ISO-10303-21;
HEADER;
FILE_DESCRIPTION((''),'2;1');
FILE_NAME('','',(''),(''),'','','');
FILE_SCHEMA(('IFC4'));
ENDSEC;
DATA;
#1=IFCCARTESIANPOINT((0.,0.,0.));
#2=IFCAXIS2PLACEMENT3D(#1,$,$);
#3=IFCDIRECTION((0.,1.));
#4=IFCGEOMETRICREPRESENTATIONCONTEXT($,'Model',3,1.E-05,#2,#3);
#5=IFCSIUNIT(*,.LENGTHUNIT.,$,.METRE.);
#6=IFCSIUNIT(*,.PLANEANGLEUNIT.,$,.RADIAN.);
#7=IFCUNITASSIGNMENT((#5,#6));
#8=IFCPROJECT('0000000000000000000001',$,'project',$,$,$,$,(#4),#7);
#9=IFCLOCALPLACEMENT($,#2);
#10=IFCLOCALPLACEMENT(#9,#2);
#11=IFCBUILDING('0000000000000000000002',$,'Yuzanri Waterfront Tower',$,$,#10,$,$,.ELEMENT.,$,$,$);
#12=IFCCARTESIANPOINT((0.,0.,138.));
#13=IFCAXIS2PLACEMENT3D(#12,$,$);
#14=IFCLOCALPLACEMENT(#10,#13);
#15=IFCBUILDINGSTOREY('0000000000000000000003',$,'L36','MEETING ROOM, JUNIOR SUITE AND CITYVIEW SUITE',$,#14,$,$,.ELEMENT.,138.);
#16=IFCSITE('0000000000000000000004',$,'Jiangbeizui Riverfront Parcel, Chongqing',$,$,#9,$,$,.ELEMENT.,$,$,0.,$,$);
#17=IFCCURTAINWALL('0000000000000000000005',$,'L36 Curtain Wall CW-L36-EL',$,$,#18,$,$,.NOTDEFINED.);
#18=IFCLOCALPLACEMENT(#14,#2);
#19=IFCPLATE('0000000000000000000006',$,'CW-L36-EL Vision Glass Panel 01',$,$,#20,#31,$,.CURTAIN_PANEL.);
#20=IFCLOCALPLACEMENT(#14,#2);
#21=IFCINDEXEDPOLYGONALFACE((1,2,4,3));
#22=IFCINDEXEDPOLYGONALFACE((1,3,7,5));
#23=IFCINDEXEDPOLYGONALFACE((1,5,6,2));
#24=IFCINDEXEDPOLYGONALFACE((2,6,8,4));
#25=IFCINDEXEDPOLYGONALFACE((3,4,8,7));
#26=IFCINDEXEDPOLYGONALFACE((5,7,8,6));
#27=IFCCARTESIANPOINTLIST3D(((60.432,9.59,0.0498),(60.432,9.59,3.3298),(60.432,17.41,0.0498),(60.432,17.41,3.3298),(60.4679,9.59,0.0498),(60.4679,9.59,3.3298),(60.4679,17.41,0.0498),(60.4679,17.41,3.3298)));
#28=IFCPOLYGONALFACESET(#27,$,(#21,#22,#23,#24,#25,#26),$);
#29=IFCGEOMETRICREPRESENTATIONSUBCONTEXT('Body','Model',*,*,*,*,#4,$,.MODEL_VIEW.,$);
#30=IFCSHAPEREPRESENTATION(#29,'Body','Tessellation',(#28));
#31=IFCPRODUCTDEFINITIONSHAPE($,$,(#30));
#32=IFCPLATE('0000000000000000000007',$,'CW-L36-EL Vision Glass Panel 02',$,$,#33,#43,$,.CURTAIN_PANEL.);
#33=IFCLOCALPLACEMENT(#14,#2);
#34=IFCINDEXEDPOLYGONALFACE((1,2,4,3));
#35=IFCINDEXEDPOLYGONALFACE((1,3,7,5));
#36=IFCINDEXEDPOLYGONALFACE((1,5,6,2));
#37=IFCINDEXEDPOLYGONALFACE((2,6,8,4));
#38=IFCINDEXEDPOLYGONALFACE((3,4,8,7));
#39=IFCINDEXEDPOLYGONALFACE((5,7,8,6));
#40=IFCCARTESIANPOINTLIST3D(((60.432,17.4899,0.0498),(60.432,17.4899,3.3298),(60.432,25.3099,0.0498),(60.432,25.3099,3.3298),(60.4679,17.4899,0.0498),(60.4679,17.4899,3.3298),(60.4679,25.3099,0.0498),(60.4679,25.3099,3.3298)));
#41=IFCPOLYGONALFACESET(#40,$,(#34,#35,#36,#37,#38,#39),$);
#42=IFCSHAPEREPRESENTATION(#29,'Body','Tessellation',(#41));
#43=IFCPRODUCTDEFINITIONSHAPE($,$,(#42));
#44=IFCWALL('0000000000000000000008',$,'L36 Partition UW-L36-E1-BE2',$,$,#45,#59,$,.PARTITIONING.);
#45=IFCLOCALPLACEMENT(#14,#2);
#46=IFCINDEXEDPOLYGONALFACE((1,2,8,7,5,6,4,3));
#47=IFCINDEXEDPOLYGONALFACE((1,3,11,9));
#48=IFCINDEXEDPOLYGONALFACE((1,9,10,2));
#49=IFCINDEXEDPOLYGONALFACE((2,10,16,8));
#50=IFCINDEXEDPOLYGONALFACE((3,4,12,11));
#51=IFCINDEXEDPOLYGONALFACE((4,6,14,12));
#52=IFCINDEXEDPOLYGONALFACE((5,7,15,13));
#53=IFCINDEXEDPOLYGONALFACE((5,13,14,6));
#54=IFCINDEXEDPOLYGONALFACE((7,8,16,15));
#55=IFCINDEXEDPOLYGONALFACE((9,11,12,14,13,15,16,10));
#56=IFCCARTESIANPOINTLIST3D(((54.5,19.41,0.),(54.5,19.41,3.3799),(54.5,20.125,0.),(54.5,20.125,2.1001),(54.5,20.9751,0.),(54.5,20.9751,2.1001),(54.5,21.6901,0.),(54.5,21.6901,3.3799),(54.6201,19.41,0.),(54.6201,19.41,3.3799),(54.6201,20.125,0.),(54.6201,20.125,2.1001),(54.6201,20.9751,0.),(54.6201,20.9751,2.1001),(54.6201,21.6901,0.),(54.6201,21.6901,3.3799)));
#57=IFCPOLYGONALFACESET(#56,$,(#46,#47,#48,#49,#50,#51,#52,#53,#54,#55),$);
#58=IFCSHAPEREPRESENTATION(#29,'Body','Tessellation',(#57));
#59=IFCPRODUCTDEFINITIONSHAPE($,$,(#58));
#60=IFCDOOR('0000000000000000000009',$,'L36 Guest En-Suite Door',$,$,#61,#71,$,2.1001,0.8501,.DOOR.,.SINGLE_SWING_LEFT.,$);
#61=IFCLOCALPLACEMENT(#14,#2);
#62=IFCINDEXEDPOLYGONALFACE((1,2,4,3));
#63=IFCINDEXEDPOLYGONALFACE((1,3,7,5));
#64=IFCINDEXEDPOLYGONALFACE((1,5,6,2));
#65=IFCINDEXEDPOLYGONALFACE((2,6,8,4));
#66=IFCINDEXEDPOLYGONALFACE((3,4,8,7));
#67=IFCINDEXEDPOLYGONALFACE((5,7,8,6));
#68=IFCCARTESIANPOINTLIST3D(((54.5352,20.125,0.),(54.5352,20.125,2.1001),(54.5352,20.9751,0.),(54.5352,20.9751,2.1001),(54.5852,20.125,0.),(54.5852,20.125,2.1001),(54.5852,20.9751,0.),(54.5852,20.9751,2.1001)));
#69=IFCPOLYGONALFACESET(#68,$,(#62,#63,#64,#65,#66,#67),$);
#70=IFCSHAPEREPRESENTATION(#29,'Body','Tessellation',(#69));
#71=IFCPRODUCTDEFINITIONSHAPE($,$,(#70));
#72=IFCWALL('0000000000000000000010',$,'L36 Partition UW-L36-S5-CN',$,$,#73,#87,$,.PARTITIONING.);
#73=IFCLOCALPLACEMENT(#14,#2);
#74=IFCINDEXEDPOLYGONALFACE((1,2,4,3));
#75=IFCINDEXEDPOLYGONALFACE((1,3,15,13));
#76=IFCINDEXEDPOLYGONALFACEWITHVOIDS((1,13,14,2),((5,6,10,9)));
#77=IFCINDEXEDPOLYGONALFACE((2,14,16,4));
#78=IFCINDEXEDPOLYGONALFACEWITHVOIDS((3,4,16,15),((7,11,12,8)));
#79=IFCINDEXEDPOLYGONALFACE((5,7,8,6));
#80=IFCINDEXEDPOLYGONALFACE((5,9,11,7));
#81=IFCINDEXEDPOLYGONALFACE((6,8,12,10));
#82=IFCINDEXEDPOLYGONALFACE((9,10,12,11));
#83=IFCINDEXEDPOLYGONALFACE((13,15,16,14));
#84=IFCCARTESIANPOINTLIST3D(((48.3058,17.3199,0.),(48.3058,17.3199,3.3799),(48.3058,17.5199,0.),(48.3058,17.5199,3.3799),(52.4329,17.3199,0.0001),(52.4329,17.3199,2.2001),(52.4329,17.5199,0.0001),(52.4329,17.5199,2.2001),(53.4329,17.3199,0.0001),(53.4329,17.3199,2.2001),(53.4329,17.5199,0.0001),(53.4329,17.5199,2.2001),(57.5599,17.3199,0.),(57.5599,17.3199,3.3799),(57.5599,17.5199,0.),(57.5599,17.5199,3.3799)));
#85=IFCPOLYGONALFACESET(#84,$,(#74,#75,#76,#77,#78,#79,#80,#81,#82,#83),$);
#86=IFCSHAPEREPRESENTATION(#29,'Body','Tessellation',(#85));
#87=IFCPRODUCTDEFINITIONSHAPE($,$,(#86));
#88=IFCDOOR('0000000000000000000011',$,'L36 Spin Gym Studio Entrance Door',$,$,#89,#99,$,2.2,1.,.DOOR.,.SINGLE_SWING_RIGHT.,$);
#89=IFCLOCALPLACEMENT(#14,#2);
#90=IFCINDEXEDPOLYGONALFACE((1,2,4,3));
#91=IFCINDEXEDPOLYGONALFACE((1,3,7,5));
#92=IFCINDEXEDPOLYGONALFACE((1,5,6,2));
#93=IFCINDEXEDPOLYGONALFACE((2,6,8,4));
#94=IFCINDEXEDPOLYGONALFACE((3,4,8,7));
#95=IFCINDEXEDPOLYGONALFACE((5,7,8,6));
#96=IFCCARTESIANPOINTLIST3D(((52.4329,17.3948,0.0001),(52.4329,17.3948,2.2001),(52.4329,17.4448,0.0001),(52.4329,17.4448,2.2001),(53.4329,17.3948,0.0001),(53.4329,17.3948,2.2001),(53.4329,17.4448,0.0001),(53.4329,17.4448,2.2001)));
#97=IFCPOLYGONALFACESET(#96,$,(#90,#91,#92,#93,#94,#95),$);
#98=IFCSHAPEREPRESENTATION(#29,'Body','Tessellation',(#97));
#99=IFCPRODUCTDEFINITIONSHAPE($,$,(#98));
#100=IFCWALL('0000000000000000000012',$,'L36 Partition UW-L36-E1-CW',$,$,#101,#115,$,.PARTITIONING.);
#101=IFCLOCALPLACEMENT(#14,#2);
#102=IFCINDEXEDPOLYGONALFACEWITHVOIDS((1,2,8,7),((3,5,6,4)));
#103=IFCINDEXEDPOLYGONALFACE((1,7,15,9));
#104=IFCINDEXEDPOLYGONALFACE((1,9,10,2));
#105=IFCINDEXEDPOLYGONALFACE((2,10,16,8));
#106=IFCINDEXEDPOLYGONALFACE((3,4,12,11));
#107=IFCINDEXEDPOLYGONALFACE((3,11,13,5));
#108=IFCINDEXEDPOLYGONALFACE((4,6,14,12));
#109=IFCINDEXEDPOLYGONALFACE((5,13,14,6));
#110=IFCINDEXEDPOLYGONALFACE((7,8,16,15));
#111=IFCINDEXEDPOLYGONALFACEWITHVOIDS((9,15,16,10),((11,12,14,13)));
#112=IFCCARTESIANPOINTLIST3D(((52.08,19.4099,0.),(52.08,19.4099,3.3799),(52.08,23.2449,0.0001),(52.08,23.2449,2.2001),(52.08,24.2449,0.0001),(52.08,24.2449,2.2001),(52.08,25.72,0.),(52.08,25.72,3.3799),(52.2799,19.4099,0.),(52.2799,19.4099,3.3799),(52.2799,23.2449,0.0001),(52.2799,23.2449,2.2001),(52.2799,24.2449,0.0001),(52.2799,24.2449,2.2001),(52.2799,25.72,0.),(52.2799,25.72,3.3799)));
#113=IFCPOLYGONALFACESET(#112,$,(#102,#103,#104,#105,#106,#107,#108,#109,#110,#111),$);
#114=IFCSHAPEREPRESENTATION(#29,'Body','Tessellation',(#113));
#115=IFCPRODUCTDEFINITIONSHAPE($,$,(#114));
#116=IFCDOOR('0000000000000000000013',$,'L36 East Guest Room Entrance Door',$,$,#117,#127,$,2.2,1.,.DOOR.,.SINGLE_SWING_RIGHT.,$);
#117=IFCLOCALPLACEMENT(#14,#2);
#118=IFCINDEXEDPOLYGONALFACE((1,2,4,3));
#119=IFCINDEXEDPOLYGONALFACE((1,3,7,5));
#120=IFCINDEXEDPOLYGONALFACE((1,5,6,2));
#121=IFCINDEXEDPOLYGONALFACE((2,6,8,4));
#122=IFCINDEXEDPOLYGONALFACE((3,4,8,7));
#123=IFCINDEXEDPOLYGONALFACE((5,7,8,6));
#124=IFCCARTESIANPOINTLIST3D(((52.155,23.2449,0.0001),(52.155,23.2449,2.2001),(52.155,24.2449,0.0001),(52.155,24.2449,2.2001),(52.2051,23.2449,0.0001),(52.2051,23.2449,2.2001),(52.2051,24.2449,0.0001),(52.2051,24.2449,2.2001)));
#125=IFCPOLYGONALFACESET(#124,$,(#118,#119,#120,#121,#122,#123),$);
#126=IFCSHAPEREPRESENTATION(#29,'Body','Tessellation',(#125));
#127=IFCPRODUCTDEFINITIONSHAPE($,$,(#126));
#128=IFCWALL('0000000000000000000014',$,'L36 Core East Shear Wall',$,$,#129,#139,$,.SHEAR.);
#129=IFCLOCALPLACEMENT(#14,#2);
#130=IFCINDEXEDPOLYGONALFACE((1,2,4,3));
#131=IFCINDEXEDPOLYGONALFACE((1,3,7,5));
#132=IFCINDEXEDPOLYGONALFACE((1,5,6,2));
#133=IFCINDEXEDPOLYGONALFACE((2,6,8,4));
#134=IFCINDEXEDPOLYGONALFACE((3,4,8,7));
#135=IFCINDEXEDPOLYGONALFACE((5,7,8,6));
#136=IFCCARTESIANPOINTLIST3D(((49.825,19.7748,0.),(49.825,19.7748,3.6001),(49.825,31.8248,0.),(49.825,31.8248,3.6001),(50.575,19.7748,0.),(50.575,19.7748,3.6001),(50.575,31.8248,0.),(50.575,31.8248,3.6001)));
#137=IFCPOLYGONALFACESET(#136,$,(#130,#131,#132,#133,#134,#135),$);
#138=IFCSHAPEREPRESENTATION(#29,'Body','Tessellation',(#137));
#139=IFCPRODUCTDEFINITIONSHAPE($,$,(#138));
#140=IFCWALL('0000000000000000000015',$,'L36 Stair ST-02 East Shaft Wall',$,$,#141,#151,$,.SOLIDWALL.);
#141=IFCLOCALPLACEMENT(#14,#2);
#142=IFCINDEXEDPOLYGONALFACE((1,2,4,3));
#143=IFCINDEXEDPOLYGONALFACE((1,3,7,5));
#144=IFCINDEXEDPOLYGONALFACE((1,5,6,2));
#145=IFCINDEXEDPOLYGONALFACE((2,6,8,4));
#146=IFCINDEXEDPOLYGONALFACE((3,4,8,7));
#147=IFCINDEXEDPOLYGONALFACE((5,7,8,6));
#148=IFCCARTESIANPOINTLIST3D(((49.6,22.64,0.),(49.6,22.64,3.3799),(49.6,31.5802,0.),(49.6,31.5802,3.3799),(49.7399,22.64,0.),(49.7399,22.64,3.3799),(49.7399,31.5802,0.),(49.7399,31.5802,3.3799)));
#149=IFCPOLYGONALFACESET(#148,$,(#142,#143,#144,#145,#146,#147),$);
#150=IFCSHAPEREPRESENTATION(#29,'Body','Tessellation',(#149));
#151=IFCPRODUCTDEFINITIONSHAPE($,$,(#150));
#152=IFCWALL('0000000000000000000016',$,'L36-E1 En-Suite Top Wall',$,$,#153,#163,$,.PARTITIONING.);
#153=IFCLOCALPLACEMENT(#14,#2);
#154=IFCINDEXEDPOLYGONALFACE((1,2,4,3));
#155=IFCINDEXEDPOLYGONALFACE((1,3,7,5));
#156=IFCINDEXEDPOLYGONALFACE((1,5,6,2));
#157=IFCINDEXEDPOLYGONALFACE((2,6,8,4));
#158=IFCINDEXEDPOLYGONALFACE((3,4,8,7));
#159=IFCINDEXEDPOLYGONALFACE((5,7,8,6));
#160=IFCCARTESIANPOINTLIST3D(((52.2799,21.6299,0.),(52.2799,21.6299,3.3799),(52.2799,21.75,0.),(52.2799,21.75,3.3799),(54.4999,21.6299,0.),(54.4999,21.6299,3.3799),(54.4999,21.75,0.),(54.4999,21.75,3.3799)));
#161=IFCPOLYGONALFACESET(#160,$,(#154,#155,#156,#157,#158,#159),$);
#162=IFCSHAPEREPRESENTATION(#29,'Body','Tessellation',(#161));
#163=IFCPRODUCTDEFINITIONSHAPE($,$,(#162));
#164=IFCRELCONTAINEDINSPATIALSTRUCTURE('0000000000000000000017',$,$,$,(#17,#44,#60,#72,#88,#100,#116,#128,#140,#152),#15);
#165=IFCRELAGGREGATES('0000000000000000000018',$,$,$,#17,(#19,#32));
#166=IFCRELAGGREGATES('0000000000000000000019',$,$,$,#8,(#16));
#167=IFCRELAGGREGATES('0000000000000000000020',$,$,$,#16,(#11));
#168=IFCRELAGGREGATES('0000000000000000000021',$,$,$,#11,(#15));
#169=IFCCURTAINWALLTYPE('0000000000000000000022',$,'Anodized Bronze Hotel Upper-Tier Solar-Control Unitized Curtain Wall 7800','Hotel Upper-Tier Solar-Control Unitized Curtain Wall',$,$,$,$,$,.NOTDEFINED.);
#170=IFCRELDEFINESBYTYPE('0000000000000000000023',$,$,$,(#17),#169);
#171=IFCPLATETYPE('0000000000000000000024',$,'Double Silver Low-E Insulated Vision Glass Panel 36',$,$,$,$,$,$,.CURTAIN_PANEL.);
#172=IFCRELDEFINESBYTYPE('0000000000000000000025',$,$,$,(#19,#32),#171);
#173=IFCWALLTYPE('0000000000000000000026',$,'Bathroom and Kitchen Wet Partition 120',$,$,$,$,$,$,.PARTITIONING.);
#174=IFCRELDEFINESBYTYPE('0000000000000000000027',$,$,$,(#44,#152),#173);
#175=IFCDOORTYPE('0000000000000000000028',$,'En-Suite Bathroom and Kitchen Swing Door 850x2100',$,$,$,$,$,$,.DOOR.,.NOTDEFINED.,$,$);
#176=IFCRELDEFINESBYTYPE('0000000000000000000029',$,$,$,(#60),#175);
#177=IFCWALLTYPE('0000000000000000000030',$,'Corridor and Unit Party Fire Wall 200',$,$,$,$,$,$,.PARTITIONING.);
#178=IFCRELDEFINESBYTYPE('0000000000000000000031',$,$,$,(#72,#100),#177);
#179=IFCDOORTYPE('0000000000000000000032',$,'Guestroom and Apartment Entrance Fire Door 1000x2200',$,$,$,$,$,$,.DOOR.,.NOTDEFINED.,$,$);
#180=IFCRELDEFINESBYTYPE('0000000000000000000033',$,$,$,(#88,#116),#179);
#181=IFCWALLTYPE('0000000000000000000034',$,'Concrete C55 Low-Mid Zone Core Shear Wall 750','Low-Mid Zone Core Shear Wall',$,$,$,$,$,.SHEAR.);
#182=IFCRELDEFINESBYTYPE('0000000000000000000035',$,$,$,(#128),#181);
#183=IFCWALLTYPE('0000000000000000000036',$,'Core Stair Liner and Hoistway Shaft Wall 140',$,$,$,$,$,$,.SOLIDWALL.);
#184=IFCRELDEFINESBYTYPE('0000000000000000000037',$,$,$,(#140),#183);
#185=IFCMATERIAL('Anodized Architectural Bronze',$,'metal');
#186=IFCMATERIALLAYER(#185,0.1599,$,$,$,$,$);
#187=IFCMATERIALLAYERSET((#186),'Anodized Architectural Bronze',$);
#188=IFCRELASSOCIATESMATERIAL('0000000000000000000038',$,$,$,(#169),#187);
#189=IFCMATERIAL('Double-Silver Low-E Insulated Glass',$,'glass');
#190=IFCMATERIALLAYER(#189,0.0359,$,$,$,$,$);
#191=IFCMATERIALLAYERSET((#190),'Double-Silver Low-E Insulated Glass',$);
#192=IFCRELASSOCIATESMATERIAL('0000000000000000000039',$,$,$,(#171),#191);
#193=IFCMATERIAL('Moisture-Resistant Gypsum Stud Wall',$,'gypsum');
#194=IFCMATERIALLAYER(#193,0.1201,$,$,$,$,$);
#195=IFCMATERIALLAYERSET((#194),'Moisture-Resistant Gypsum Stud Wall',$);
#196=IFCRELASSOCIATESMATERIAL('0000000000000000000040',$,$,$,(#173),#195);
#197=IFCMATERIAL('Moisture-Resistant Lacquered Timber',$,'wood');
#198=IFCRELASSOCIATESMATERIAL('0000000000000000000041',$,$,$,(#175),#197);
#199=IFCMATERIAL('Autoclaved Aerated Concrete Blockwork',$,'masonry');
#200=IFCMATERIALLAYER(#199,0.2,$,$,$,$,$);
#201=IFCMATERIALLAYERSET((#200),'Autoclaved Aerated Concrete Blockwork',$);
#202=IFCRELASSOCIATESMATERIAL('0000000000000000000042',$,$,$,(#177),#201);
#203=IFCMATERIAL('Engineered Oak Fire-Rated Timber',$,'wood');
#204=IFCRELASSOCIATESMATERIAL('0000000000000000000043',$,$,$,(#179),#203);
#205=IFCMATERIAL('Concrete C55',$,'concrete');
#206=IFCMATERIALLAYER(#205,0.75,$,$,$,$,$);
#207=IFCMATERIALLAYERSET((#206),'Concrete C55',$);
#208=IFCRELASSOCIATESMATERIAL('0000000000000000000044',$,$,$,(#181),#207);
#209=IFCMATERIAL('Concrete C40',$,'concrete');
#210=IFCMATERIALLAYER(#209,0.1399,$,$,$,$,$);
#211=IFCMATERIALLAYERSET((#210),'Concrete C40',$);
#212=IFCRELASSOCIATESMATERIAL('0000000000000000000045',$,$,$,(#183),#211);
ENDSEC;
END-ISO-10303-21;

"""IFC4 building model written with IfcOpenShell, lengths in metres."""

from ifc_helpers import new_model, si_unit, direction, frame, frame_2d, origin, origin_2d, place, context, subcontext, project, spatial, rectangle, extrude, source, transform, mapped, material, layer, layer_set, type_object, element, fill, aggregate, save


model = new_model("IFC4")

# Units and contexts
model_context = context("Model", 3, precision=1e-05, world=origin(), true_north=direction((0.0, 1.0)))
body_context = subcontext(model_context, "Body", "Model", "MODEL_VIEW")
ifc_project = project(units=[si_unit("LENGTHUNIT", "METRE"), si_unit("PLANEANGLEUNIT", "RADIAN")], contexts=[model_context])

# Site, building, storey
site_placement = place(None, origin())
site = spatial("IfcSite", under=ifc_project, at=site_placement, Name="Jiangbeizui Riverfront Parcel, Chongqing", CompositionType="ELEMENT", RefElevation=0.0)
building_placement = place(site_placement, origin())
building = spatial("IfcBuilding", under=site, at=building_placement, Name="Yuzanri Waterfront Tower", CompositionType="ELEMENT")
storey_placement = place(building_placement, frame((0.0, 0.0, 138.0)))
storey = spatial("IfcBuildingStorey", under=building, at=storey_placement, Name="L36", Description="MEETING ROOM, JUNIOR SUITE AND CITYVIEW SUITE", CompositionType="ELEMENT", Elevation=138.0)

# Curtain wall, plates
ifc_material_1 = material(Name="Anodized Architectural Bronze", Category="metal")
ifc_layer_1 = layer(ifc_material_1, 0.1599)
ifc_layer_set_1 = layer_set([ifc_layer_1], Name="Anodized Architectural Bronze")
curtain_wall_type = type_object("IfcCurtainWallType", Name="Anodized Bronze Hotel Upper-Tier Solar-Control Unitized Curtain Wall 7800", Description="Hotel Upper-Tier Solar-Control Unitized Curtain Wall", PredefinedType="NOTDEFINED", material=ifc_layer_set_1)
curtain_wall_placement = place(storey_placement, origin())
curtain_wall = element("IfcCurtainWall", 1, at=curtain_wall_placement, inside=storey, type_object=curtain_wall_type, Name="L36 Curtain Wall CW-L36-EL", PredefinedType="NOTDEFINED")
ifc_material_2 = material(Name="Double-Silver Low-E Insulated Glass", Category="glass")
ifc_layer_2 = layer(ifc_material_2, 0.0359)
ifc_layer_set_2 = layer_set([ifc_layer_2], Name="Double-Silver Low-E Insulated Glass")
plate_type = type_object("IfcPlateType", Name="Double Silver Low-E Insulated Vision Glass Panel 36", PredefinedType="CURTAIN_PANEL", material=ifc_layer_set_2)
shared_shape_1 = source(origin(), body_context, "Body", "SweptSolid", [
    extrude(rectangle(XDim=7.8201, YDim=0.0359, at=origin_2d()), origin(), (0.0, 0.0, 1.0), 3.28),
])
plate_1_placement = place(storey_placement, frame((60.45, 13.5, 0.0498), z_axis=(0.0, 0.0, 1.0), x_axis=(0.0, 1.0, 0.0)))
plate_1 = element("IfcPlate", 2, at=plate_1_placement, type_object=plate_type, Name="CW-L36-EL Vision Glass Panel 01", PredefinedType="CURTAIN_PANEL", context=body_context, shape_type="MappedRepresentation", body=[
    mapped(shared_shape_1, transform((0.0, 0.0, 0.0), scale=1.0)),
])
plate_2_placement = place(storey_placement, frame((60.45, 21.3999, 0.0498), z_axis=(0.0, 0.0, 1.0), x_axis=(0.0, 1.0, 0.0)))
plate_2 = element("IfcPlate", 3, at=plate_2_placement, type_object=plate_type, Name="CW-L36-EL Vision Glass Panel 02", PredefinedType="CURTAIN_PANEL", context=body_context, shape_type="MappedRepresentation", body=[
    mapped(shared_shape_1, transform((0.0, 0.0, 0.0), scale=1.0)),
])
aggregate(curtain_wall, [plate_1, plate_2])

# Walls, openings, doors
ifc_material_3 = material(Name="Moisture-Resistant Gypsum Stud Wall", Category="gypsum")
ifc_layer_3 = layer(ifc_material_3, 0.1201)
ifc_layer_set_3 = layer_set([ifc_layer_3], Name="Moisture-Resistant Gypsum Stud Wall")
wall_type_1 = type_object("IfcWallType", Name="Bathroom and Kitchen Wet Partition 120", PredefinedType="PARTITIONING", material=ifc_layer_set_3)
wall_1_placement = place(storey_placement, frame((54.5601, 19.4099, 0.0), z_axis=(0.0, 0.0, 1.0), x_axis=(0.0, 1.0, 0.0)))
wall_1 = element("IfcWall", 4, at=wall_1_placement, inside=storey, type_object=wall_type_1, Name="L36 Partition UW-L36-E1-BE2", PredefinedType="PARTITIONING", context=body_context, shape_type="SweptSolid", body=[
    extrude(rectangle(XDim=2.28, YDim=0.1201, at=frame_2d((1.1401, 0.0))), origin(), (0.0, 0.0, 1.0), 3.3799),
])
opening_1_placement = place(wall_1_placement, frame((0.7151, 0.0, 0.0)))
opening_1 = element("IfcOpeningElement", 5, at=opening_1_placement, cuts=wall_1, PredefinedType="OPENING", context=body_context, shape_type="SweptSolid", body=[
    extrude(rectangle(XDim=0.8501, YDim=2.1001, at=frame_2d((0.425, 1.05))), frame((0.0, 0.075, 0.0), z_axis=(0.0, -1.0, 0.0), x_axis=(1.0, 0.0, 0.0)), (0.0, 0.0, 1.0), 0.1499),
])
ifc_material_4 = material(Name="Moisture-Resistant Lacquered Timber", Category="wood")
door_type_1 = type_object("IfcDoorType", Name="En-Suite Bathroom and Kitchen Swing Door 850x2100", OperationType="NOTDEFINED", PredefinedType="DOOR", material=ifc_material_4)
shared_shape_2 = source(origin(), body_context, "Body", "SweptSolid", [
    extrude(rectangle(XDim=0.8501, YDim=2.1001, at=frame_2d((0.425, 1.05))), frame((0.0, 0.0249, 0.0), z_axis=(0.0, -1.0, 0.0), x_axis=(1.0, 0.0, 0.0)), (0.0, 0.0, 1.0), 0.05),
])
door_1_placement = place(opening_1_placement, origin())
door_1 = element("IfcDoor", 6, at=door_1_placement, inside=storey, type_object=door_type_1, Name="L36 Guest En-Suite Door", OperationType="SINGLE_SWING_LEFT", OverallHeight=2.1001, OverallWidth=0.8501, PredefinedType="DOOR", context=body_context, shape_type="MappedRepresentation", body=[
    mapped(shared_shape_2, transform((0.0, 0.0, 0.0), scale=1.0)),
])
fill(opening_1, door_1)
ifc_material_5 = material(Name="Autoclaved Aerated Concrete Blockwork", Category="masonry")
ifc_layer_4 = layer(ifc_material_5, 0.2)
ifc_layer_set_4 = layer_set([ifc_layer_4], Name="Autoclaved Aerated Concrete Blockwork")
wall_type_2 = type_object("IfcWallType", Name="Corridor and Unit Party Fire Wall 200", PredefinedType="PARTITIONING", material=ifc_layer_set_4)
wall_2_placement = place(storey_placement, frame((48.3059, 17.4199, 0.0), z_axis=(0.0, 0.0, 1.0), x_axis=(1.0, 0.0, 0.0)))
wall_2 = element("IfcWall", 7, at=wall_2_placement, inside=storey, type_object=wall_type_2, Name="L36 Partition UW-L36-S5-CN", PredefinedType="PARTITIONING", context=body_context, shape_type="SweptSolid", body=[
    extrude(rectangle(XDim=9.2542, YDim=0.2, at=frame_2d((4.627, 0.0))), origin(), (0.0, 0.0, 1.0), 3.3799),
])
opening_2_placement = place(wall_2_placement, frame((4.127, 0.0, 0.0)))
opening_2 = element("IfcOpeningElement", 8, at=opening_2_placement, cuts=wall_2, PredefinedType="OPENING", context=body_context, shape_type="SweptSolid", body=[
    extrude(rectangle(XDim=1.0, YDim=2.2, at=frame_2d((0.5, 1.1001))), frame((0.0, 0.1147, 0.0), z_axis=(0.0, -1.0, 0.0), x_axis=(1.0, 0.0, 0.0)), (0.0, 0.0, 1.0), 0.2297),
])
ifc_material_6 = material(Name="Engineered Oak Fire-Rated Timber", Category="wood")
door_type_2 = type_object("IfcDoorType", Name="Guestroom and Apartment Entrance Fire Door 1000x2200", OperationType="NOTDEFINED", PredefinedType="DOOR", material=ifc_material_6)
shared_shape_3 = source(origin(), body_context, "Body", "SweptSolid", [
    extrude(rectangle(XDim=1.0, YDim=2.2, at=frame_2d((0.5, 1.1001))), frame((0.0, 0.0249, 0.0), z_axis=(0.0, -1.0, 0.0), x_axis=(1.0, 0.0, 0.0)), (0.0, 0.0, 1.0), 0.05),
])
door_2_placement = place(opening_2_placement, origin())
door_2 = element("IfcDoor", 9, at=door_2_placement, inside=storey, type_object=door_type_2, Name="L36 Spin Gym Studio Entrance Door", OperationType="SINGLE_SWING_RIGHT", OverallHeight=2.2, OverallWidth=1.0, PredefinedType="DOOR", context=body_context, shape_type="MappedRepresentation", body=[
    mapped(shared_shape_3, transform((0.0, 0.0, 0.0), scale=1.0)),
])
fill(opening_2, door_2)
wall_3_placement = place(storey_placement, frame((52.1799, 19.4099, 0.0), z_axis=(0.0, 0.0, 1.0), x_axis=(0.0, 1.0, 0.0)))
wall_3 = element("IfcWall", 10, at=wall_3_placement, inside=storey, type_object=wall_type_2, Name="L36 Partition UW-L36-E1-CW", PredefinedType="PARTITIONING", context=body_context, shape_type="SweptSolid", body=[
    extrude(rectangle(XDim=6.3101, YDim=0.2, at=frame_2d((3.155, 0.0))), origin(), (0.0, 0.0, 1.0), 3.3799),
])
opening_3_placement = place(wall_3_placement, frame((3.835, 0.0, 0.0)))
opening_3 = element("IfcOpeningElement", 11, at=opening_3_placement, cuts=wall_3, PredefinedType="OPENING", context=body_context, shape_type="SweptSolid", body=[
    extrude(rectangle(XDim=1.0, YDim=2.2, at=frame_2d((0.5, 1.1001))), frame((0.0, 0.1147, 0.0), z_axis=(0.0, -1.0, 0.0), x_axis=(1.0, 0.0, 0.0)), (0.0, 0.0, 1.0), 0.2297),
])
door_3_placement = place(opening_3_placement, origin())
door_3 = element("IfcDoor", 12, at=door_3_placement, inside=storey, type_object=door_type_2, Name="L36 East Guest Room Entrance Door", OperationType="SINGLE_SWING_RIGHT", OverallHeight=2.2, OverallWidth=1.0, PredefinedType="DOOR", context=body_context, shape_type="MappedRepresentation", body=[
    mapped(shared_shape_3, transform((0.0, 0.0, 0.0), scale=1.0)),
])
fill(opening_3, door_3)

# Walls
ifc_material_7 = material(Name="Concrete C55", Category="concrete")
ifc_layer_5 = layer(ifc_material_7, 0.75)
ifc_layer_set_5 = layer_set([ifc_layer_5], Name="Concrete C55")
wall_type_3 = type_object("IfcWallType", Name="Concrete C55 Low-Mid Zone Core Shear Wall 750", Description="Low-Mid Zone Core Shear Wall", PredefinedType="SHEAR", material=ifc_layer_set_5)
shared_shape_4 = source(origin(), body_context, "Body", "SweptSolid", [
    extrude(rectangle(XDim=12.05, YDim=0.75, at=frame_2d((6.0249, 0.0))), origin(), (0.0, 0.0, 1.0), 3.6001),
])
wall_4_placement = place(storey_placement, frame((50.2, 19.7749, 0.0), z_axis=(0.0, 0.0, 1.0), x_axis=(0.0, 1.0, 0.0)))
element("IfcWall", 13, at=wall_4_placement, inside=storey, type_object=wall_type_3, Name="L36 Core East Shear Wall", PredefinedType="SHEAR", context=body_context, shape_type="MappedRepresentation", body=[
    mapped(shared_shape_4, transform((0.0, 0.0, 0.0), scale=1.0)),
])
ifc_material_8 = material(Name="Concrete C40", Category="concrete")
ifc_layer_6 = layer(ifc_material_8, 0.1399)
ifc_layer_set_6 = layer_set([ifc_layer_6], Name="Concrete C40")
wall_type_4 = type_object("IfcWallType", Name="Core Stair Liner and Hoistway Shaft Wall 140", PredefinedType="SOLIDWALL", material=ifc_layer_set_6)
shared_shape_5 = source(origin(), body_context, "Body", "SweptSolid", [
    extrude(rectangle(XDim=8.9402, YDim=0.1399, at=frame_2d((4.4702, 0.0))), origin(), (0.0, 0.0, 1.0), 3.3799),
])
wall_5_placement = place(storey_placement, frame((49.6699, 22.6399, 0.0), z_axis=(0.0, 0.0, 1.0), x_axis=(0.0, 1.0, 0.0)))
element("IfcWall", 14, at=wall_5_placement, inside=storey, type_object=wall_type_4, Name="L36 Stair ST-02 East Shaft Wall", PredefinedType="SOLIDWALL", context=body_context, shape_type="MappedRepresentation", body=[
    mapped(shared_shape_5, transform((0.0, 0.0, 0.0), scale=1.0)),
])
shared_shape_6 = source(origin(), body_context, "Body", "SweptSolid", [
    extrude(rectangle(XDim=2.22, YDim=0.1201, at=frame_2d((1.1099, 0.0))), origin(), (0.0, 0.0, 1.0), 3.3799),
])
wall_6_placement = place(storey_placement, frame((52.28, 21.6899, 0.0), z_axis=(0.0, 0.0, 1.0), x_axis=(1.0, 0.0, 0.0)))
element("IfcWall", 15, at=wall_6_placement, inside=storey, type_object=wall_type_1, Name="L36-E1 En-Suite Top Wall", PredefinedType="PARTITIONING", context=body_context, shape_type="MappedRepresentation", body=[
    mapped(shared_shape_6, transform((0.0, 0.0, 0.0), scale=1.0)),
])

save(model, "model.ifc")
